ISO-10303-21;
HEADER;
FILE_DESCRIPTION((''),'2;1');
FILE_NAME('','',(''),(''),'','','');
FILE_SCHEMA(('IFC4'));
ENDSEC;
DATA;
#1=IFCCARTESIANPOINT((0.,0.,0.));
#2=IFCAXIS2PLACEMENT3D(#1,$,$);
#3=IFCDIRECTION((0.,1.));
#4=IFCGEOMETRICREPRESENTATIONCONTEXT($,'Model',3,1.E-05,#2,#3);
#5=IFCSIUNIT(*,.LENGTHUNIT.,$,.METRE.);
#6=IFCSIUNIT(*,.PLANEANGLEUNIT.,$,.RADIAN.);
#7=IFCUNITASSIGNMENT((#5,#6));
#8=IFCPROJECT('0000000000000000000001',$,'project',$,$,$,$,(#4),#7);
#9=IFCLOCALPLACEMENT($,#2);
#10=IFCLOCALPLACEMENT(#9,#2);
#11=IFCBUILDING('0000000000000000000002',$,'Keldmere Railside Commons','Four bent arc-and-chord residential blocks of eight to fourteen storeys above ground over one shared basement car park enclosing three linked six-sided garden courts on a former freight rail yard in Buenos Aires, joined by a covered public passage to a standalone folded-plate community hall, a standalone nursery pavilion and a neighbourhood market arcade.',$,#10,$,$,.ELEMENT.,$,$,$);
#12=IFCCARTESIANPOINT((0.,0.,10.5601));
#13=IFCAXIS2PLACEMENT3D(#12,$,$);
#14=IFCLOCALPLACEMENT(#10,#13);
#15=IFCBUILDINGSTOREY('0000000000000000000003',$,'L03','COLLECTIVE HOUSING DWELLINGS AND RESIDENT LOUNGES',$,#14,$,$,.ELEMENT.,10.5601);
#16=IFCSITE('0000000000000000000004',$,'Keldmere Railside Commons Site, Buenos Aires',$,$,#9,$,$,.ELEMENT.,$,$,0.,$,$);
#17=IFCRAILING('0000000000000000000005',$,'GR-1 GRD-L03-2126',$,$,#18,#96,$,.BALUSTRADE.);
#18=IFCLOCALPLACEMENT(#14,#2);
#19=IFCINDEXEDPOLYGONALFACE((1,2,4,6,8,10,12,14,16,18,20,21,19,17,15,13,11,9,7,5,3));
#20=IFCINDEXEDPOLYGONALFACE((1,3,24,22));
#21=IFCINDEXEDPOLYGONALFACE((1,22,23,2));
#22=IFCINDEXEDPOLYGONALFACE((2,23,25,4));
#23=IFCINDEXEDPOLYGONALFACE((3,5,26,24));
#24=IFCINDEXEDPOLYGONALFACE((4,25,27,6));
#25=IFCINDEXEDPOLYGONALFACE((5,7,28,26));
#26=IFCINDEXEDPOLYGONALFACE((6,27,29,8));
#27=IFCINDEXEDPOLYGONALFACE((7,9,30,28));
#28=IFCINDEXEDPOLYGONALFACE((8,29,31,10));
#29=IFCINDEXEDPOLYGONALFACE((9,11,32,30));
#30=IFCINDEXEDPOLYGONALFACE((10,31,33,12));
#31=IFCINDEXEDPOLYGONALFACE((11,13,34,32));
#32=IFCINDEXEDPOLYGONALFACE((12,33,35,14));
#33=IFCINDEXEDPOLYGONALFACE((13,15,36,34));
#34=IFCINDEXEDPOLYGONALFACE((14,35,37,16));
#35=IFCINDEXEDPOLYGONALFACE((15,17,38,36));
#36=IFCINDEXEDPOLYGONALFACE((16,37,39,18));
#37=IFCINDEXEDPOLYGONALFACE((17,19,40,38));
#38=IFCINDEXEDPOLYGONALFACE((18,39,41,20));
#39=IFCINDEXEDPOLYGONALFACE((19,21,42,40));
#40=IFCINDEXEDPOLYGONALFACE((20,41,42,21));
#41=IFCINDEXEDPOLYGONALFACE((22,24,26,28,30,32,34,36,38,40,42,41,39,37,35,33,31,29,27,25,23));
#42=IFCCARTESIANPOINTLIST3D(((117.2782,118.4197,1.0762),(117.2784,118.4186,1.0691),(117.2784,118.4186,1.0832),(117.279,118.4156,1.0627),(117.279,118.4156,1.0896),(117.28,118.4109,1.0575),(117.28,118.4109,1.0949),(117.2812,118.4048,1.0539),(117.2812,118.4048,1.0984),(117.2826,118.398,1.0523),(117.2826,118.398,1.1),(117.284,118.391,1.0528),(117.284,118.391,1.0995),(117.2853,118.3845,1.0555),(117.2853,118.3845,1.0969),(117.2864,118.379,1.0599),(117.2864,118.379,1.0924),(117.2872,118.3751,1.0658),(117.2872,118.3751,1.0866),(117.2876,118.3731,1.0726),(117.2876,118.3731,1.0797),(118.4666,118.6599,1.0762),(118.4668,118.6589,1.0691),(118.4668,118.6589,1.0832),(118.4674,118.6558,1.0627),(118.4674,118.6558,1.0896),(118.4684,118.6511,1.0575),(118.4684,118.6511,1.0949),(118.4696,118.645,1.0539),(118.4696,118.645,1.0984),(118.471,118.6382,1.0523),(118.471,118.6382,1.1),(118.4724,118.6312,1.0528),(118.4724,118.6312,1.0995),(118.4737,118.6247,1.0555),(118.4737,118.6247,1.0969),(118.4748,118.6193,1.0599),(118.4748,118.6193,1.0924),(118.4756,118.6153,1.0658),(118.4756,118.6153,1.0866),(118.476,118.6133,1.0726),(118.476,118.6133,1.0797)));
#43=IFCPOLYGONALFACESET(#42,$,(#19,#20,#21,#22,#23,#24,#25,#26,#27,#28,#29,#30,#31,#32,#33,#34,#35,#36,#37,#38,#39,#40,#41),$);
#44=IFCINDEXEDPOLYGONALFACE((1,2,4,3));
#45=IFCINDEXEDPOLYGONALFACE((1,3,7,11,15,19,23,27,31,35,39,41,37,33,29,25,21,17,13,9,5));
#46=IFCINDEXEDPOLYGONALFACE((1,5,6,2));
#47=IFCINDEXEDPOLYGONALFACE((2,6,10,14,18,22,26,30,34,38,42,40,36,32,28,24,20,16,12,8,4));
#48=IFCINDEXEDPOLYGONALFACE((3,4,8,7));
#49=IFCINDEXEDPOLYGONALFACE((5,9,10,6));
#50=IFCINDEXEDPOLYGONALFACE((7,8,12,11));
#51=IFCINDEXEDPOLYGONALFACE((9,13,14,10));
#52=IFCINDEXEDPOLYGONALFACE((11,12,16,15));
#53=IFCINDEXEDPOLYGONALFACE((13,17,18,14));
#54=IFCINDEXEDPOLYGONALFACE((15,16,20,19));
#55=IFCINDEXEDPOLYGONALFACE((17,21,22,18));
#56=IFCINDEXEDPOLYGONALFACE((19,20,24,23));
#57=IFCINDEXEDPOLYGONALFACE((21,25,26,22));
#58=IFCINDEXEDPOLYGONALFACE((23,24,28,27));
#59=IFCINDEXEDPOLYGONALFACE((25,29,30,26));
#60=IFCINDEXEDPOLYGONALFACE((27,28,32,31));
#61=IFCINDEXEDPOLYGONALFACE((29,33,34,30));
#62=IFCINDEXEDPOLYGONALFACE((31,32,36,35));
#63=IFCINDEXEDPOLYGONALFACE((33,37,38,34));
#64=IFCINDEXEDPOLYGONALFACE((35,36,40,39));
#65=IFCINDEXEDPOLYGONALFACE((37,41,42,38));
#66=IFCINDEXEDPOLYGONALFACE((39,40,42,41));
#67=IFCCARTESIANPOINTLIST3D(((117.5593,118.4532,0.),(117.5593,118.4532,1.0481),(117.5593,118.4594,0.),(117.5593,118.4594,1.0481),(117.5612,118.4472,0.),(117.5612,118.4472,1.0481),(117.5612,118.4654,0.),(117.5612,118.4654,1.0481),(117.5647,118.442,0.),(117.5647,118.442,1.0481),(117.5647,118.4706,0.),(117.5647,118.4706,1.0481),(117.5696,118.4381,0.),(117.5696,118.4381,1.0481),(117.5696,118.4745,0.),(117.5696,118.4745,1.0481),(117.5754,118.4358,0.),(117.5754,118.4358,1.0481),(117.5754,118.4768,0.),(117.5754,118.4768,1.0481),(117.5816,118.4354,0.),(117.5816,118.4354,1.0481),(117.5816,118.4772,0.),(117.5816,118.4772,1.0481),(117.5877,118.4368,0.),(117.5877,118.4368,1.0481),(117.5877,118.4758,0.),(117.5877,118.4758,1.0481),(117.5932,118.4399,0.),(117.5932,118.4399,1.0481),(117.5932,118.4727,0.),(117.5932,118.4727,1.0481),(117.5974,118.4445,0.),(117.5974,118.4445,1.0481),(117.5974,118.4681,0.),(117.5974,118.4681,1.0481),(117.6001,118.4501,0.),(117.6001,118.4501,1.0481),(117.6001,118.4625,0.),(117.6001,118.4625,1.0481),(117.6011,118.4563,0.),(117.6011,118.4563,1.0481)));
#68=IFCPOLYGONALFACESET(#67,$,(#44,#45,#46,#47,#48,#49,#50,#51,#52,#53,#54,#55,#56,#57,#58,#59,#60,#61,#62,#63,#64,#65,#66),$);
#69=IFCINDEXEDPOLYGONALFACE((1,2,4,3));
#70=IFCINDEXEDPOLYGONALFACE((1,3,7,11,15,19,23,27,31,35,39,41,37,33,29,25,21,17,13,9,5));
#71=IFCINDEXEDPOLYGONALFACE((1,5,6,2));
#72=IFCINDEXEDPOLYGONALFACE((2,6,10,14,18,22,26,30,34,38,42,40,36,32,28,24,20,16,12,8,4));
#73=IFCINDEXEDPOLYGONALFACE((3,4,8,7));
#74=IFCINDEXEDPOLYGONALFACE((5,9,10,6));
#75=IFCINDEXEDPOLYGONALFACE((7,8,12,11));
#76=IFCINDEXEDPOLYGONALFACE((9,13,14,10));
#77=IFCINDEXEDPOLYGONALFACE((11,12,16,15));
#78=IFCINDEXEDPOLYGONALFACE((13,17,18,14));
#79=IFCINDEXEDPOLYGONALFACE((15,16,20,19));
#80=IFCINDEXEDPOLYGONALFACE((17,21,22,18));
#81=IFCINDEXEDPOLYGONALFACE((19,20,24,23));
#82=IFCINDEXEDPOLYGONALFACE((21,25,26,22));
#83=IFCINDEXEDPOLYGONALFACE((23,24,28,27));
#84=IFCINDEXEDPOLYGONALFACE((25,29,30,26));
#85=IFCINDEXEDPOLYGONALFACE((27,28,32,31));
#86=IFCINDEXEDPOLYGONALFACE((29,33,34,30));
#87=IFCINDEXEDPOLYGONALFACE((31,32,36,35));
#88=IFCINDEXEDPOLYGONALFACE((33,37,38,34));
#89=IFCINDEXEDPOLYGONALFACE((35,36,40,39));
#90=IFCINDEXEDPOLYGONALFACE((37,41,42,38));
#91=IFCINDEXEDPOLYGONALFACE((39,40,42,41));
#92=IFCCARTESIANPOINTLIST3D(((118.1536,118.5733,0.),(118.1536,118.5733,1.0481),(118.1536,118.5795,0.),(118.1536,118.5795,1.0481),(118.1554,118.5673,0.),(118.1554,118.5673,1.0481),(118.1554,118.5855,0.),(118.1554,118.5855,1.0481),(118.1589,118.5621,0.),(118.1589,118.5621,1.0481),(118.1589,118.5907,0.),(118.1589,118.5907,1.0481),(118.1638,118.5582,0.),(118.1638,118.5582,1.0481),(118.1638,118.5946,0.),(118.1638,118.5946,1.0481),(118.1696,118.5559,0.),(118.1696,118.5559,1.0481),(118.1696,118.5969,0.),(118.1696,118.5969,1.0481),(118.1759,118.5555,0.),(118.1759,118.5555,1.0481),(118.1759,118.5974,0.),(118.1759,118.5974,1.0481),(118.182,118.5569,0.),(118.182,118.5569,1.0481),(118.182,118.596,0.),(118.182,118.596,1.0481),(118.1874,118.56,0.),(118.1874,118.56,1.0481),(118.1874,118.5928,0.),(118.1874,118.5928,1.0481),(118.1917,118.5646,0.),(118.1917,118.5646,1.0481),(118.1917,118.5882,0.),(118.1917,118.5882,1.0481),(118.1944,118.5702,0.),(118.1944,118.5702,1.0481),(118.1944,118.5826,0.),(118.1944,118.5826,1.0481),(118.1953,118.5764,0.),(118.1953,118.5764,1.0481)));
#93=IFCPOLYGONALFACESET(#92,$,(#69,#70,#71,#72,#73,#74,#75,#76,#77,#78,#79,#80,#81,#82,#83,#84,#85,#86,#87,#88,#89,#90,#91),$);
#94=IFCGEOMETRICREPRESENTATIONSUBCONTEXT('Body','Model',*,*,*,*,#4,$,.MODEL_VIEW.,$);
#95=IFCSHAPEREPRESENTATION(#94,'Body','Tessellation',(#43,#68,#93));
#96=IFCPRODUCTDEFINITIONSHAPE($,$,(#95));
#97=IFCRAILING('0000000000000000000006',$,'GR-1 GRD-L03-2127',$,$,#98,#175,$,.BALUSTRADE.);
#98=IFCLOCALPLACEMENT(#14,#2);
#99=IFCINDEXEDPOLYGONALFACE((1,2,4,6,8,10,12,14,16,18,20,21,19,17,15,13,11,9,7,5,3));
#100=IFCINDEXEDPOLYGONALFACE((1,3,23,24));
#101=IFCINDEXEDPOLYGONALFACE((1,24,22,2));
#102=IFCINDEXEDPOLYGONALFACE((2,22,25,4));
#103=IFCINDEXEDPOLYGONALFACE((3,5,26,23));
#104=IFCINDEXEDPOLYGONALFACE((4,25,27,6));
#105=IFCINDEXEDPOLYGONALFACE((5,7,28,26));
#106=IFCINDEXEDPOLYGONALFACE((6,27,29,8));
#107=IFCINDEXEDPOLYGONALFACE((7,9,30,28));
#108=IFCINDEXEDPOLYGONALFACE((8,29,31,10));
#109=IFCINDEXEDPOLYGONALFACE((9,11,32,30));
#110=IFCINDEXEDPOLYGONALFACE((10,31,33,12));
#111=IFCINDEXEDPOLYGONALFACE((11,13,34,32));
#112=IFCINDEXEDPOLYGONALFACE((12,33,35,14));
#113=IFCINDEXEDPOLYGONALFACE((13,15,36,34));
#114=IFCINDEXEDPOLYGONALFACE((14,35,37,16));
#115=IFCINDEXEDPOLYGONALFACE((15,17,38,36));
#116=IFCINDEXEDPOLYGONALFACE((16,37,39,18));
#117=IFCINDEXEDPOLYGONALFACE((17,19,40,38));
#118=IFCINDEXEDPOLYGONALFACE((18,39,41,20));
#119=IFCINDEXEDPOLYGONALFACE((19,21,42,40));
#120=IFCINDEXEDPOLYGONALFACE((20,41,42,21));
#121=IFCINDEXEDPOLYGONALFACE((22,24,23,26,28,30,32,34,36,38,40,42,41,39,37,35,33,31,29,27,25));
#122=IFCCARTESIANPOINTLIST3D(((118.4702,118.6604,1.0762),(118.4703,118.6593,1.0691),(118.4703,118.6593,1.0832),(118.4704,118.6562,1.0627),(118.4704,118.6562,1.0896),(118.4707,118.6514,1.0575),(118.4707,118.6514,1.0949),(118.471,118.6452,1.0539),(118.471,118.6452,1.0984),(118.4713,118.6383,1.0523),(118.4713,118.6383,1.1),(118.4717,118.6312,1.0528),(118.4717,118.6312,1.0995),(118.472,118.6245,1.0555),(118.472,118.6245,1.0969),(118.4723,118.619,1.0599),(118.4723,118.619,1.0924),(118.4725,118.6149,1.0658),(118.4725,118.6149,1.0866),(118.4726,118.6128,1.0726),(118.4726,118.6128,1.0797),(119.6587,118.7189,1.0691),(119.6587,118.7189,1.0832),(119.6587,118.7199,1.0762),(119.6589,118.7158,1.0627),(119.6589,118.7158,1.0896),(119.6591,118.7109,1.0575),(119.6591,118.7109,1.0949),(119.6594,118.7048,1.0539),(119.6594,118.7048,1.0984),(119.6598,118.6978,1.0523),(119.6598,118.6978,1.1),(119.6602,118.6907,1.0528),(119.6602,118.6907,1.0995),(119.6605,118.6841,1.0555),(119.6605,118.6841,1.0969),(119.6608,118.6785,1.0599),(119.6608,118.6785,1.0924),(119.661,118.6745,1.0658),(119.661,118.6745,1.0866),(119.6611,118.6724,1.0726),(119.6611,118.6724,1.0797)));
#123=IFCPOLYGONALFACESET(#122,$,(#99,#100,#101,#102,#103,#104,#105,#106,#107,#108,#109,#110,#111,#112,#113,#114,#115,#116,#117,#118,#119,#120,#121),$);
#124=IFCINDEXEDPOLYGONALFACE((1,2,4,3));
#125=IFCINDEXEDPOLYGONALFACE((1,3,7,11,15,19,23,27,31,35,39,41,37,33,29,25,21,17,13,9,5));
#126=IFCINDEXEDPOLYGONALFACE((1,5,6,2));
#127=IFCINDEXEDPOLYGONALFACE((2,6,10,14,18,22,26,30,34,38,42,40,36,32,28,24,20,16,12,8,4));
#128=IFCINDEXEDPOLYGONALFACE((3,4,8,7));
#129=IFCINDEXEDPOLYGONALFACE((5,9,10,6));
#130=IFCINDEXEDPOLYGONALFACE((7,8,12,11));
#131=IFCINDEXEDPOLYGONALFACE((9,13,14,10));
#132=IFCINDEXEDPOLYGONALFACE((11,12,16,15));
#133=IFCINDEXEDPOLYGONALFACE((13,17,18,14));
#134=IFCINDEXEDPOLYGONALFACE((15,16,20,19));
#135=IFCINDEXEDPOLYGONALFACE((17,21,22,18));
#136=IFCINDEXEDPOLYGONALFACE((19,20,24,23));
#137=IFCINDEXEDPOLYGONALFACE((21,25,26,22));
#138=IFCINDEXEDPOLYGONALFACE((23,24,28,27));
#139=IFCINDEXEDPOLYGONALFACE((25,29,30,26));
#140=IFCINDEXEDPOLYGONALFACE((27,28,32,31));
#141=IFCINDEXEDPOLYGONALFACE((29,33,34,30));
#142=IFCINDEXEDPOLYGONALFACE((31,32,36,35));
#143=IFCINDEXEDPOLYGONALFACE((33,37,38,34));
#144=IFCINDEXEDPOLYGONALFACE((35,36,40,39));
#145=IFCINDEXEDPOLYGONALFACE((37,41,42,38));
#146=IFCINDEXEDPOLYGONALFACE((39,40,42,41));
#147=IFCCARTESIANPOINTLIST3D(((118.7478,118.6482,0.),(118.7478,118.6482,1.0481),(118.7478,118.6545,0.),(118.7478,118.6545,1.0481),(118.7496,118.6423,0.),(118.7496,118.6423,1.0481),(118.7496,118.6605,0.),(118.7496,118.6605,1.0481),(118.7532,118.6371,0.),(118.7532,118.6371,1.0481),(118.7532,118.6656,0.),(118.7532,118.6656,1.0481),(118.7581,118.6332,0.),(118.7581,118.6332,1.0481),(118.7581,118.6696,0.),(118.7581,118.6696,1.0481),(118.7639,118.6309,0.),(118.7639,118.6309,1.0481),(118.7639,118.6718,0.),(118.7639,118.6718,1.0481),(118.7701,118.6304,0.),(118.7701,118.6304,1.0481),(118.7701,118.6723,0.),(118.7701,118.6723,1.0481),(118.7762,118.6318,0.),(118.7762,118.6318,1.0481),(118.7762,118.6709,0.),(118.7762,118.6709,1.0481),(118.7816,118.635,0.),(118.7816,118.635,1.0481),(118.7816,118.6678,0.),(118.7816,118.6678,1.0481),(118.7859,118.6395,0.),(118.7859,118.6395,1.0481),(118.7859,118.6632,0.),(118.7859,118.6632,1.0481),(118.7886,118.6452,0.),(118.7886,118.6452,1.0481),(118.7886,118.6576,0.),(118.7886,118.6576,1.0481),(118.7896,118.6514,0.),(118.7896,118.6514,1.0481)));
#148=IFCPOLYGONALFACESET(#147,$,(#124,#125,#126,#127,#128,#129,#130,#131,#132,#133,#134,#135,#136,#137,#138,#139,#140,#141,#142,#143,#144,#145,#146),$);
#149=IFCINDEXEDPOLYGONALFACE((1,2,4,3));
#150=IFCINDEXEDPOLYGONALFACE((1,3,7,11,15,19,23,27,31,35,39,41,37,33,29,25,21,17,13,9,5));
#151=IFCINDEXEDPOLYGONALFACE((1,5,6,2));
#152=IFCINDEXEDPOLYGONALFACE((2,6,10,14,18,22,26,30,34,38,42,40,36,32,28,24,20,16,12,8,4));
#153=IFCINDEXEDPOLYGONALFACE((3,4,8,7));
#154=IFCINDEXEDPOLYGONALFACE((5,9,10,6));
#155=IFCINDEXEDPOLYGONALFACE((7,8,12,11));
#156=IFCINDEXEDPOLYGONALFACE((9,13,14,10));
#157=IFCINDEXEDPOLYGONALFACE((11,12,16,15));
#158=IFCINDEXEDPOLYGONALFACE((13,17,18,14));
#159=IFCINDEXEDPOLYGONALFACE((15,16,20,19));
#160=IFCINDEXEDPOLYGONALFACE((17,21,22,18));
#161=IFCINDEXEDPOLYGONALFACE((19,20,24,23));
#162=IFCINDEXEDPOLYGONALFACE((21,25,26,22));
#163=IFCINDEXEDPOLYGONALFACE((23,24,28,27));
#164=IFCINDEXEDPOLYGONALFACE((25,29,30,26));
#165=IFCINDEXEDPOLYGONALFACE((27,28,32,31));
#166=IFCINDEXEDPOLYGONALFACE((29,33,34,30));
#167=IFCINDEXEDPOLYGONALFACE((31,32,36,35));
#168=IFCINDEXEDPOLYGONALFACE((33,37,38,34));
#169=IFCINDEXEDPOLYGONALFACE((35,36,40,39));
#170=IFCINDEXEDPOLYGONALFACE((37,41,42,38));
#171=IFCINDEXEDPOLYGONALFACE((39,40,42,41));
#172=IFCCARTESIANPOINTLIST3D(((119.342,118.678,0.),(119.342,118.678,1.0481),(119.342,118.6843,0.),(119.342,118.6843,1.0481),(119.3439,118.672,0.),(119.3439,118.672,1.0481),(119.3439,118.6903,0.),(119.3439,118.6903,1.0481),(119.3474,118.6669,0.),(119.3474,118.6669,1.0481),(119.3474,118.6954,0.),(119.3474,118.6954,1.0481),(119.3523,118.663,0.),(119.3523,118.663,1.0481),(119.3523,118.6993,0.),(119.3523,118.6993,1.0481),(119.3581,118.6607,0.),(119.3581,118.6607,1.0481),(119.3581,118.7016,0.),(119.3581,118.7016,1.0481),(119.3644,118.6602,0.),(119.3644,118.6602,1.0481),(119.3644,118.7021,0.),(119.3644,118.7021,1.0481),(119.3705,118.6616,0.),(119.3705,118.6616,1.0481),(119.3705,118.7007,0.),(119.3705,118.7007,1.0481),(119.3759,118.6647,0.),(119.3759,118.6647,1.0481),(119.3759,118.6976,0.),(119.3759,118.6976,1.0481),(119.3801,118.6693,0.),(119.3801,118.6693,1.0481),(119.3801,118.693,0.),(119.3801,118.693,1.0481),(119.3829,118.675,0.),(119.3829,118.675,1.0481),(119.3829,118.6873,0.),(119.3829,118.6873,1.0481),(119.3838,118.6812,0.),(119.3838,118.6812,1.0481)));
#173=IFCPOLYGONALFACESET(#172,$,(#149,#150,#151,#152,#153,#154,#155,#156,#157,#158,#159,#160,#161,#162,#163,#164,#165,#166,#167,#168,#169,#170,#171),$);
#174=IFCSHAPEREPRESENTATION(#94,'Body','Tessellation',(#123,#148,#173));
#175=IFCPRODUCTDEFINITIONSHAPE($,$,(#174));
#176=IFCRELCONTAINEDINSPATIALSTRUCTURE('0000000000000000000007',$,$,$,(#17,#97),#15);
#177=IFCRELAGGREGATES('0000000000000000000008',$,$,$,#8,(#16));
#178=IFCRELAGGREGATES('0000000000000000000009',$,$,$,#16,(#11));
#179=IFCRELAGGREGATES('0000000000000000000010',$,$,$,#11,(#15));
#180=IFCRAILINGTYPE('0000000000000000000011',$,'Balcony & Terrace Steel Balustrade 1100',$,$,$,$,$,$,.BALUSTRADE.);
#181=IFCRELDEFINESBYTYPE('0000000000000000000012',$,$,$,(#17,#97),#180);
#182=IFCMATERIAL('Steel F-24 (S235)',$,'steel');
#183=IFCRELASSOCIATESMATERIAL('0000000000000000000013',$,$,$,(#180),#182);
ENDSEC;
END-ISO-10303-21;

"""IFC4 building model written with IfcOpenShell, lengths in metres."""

from ifc_helpers import new_model, si_unit, direction, frame, origin, origin_2d, place, context, subcontext, project, spatial, circle, extrude, material, type_object, element, save


model = new_model("IFC4")

# Units and contexts
model_context = context("Model", 3, precision=1e-05, world=origin(), true_north=direction((0.0, 1.0)))
body_context = subcontext(model_context, "Body", "Model", "MODEL_VIEW")
ifc_project = project(units=[si_unit("LENGTHUNIT", "METRE"), si_unit("PLANEANGLEUNIT", "RADIAN")], contexts=[model_context])

# Site, building, storey
site_placement = place(None, origin())
site = spatial("IfcSite", under=ifc_project, at=site_placement, Name="Keldmere Railside Commons Site, Buenos Aires", CompositionType="ELEMENT", RefElevation=0.0)
building_placement = place(site_placement, origin())
building = spatial("IfcBuilding", under=site, at=building_placement, Name="Keldmere Railside Commons", Description="Four bent arc-and-chord residential blocks of eight to fourteen storeys above ground over one shared basement car park enclosing three linked six-sided garden courts on a former freight rail yard in Buenos Aires, joined by a covered public passage to a standalone folded-plate community hall, a standalone nursery pavilion and a neighbourhood market arcade.", CompositionType="ELEMENT")
storey_placement = place(building_placement, frame((0.0, 0.0, 10.5601)))
storey = spatial("IfcBuildingStorey", under=building, at=storey_placement, Name="L03", Description="COLLECTIVE HOUSING DWELLINGS AND RESIDENT LOUNGES", CompositionType="ELEMENT", Elevation=10.5601)

# Railings
ifc_material_1 = material(Name="Steel F-24 (S235)", Category="steel")
railing_type = type_object("IfcRailingType", Name="Balcony & Terrace Steel Balustrade 1100", PredefinedType="BALUSTRADE", material=ifc_material_1)
railing_1_placement = place(storey_placement, frame((117.283, 118.3962, 0.0)))
element("IfcRailing", 1, at=railing_1_placement, inside=storey, type_object=railing_type, Name="GR-1 GRD-L03-2126", PredefinedType="BALUSTRADE", context=body_context, shape_type="SweptSolid", body=[
    extrude(circle(Radius=0.0239, at=origin_2d()), frame((0.0, 0.0, 1.0762), z_axis=(0.980176, 0.198129, 0.0), x_axis=(-0.198129, 0.980176, 0.0)), (0.0, 0.0, 1.0), 1.2124),
    extrude(circle(Radius=0.021, at=origin_2d()), frame((0.2971, 0.0601, 0.0)), (0.0, 0.0, 1.0), 1.0481),
    extrude(circle(Radius=0.021, at=origin_2d()), frame((0.8914, 0.1802, 0.0)), (0.0, 0.0, 1.0), 1.0481),
])
railing_2_placement = place(storey_placement, frame((118.4714, 118.6365, 0.0)))
element("IfcRailing", 2, at=railing_2_placement, inside=storey, type_object=railing_type, Name="GR-1 GRD-L03-2127", PredefinedType="BALUSTRADE", context=body_context, shape_type="SweptSolid", body=[
    extrude(circle(Radius=0.0239, at=origin_2d()), frame((0.0, 0.0, 1.0762), z_axis=(0.998746, 0.05006, 0.0), x_axis=(-0.05006, 0.998746, 0.0)), (0.0, 0.0, 1.0), 1.1899),
    extrude(circle(Radius=0.021, at=origin_2d()), frame((0.2971, 0.0149, 0.0)), (0.0, 0.0, 1.0), 1.0481),
    extrude(circle(Radius=0.021, at=origin_2d()), frame((0.8914, 0.0447, 0.0)), (0.0, 0.0, 1.0), 1.0481),
])

save(model, "model.ifc")
